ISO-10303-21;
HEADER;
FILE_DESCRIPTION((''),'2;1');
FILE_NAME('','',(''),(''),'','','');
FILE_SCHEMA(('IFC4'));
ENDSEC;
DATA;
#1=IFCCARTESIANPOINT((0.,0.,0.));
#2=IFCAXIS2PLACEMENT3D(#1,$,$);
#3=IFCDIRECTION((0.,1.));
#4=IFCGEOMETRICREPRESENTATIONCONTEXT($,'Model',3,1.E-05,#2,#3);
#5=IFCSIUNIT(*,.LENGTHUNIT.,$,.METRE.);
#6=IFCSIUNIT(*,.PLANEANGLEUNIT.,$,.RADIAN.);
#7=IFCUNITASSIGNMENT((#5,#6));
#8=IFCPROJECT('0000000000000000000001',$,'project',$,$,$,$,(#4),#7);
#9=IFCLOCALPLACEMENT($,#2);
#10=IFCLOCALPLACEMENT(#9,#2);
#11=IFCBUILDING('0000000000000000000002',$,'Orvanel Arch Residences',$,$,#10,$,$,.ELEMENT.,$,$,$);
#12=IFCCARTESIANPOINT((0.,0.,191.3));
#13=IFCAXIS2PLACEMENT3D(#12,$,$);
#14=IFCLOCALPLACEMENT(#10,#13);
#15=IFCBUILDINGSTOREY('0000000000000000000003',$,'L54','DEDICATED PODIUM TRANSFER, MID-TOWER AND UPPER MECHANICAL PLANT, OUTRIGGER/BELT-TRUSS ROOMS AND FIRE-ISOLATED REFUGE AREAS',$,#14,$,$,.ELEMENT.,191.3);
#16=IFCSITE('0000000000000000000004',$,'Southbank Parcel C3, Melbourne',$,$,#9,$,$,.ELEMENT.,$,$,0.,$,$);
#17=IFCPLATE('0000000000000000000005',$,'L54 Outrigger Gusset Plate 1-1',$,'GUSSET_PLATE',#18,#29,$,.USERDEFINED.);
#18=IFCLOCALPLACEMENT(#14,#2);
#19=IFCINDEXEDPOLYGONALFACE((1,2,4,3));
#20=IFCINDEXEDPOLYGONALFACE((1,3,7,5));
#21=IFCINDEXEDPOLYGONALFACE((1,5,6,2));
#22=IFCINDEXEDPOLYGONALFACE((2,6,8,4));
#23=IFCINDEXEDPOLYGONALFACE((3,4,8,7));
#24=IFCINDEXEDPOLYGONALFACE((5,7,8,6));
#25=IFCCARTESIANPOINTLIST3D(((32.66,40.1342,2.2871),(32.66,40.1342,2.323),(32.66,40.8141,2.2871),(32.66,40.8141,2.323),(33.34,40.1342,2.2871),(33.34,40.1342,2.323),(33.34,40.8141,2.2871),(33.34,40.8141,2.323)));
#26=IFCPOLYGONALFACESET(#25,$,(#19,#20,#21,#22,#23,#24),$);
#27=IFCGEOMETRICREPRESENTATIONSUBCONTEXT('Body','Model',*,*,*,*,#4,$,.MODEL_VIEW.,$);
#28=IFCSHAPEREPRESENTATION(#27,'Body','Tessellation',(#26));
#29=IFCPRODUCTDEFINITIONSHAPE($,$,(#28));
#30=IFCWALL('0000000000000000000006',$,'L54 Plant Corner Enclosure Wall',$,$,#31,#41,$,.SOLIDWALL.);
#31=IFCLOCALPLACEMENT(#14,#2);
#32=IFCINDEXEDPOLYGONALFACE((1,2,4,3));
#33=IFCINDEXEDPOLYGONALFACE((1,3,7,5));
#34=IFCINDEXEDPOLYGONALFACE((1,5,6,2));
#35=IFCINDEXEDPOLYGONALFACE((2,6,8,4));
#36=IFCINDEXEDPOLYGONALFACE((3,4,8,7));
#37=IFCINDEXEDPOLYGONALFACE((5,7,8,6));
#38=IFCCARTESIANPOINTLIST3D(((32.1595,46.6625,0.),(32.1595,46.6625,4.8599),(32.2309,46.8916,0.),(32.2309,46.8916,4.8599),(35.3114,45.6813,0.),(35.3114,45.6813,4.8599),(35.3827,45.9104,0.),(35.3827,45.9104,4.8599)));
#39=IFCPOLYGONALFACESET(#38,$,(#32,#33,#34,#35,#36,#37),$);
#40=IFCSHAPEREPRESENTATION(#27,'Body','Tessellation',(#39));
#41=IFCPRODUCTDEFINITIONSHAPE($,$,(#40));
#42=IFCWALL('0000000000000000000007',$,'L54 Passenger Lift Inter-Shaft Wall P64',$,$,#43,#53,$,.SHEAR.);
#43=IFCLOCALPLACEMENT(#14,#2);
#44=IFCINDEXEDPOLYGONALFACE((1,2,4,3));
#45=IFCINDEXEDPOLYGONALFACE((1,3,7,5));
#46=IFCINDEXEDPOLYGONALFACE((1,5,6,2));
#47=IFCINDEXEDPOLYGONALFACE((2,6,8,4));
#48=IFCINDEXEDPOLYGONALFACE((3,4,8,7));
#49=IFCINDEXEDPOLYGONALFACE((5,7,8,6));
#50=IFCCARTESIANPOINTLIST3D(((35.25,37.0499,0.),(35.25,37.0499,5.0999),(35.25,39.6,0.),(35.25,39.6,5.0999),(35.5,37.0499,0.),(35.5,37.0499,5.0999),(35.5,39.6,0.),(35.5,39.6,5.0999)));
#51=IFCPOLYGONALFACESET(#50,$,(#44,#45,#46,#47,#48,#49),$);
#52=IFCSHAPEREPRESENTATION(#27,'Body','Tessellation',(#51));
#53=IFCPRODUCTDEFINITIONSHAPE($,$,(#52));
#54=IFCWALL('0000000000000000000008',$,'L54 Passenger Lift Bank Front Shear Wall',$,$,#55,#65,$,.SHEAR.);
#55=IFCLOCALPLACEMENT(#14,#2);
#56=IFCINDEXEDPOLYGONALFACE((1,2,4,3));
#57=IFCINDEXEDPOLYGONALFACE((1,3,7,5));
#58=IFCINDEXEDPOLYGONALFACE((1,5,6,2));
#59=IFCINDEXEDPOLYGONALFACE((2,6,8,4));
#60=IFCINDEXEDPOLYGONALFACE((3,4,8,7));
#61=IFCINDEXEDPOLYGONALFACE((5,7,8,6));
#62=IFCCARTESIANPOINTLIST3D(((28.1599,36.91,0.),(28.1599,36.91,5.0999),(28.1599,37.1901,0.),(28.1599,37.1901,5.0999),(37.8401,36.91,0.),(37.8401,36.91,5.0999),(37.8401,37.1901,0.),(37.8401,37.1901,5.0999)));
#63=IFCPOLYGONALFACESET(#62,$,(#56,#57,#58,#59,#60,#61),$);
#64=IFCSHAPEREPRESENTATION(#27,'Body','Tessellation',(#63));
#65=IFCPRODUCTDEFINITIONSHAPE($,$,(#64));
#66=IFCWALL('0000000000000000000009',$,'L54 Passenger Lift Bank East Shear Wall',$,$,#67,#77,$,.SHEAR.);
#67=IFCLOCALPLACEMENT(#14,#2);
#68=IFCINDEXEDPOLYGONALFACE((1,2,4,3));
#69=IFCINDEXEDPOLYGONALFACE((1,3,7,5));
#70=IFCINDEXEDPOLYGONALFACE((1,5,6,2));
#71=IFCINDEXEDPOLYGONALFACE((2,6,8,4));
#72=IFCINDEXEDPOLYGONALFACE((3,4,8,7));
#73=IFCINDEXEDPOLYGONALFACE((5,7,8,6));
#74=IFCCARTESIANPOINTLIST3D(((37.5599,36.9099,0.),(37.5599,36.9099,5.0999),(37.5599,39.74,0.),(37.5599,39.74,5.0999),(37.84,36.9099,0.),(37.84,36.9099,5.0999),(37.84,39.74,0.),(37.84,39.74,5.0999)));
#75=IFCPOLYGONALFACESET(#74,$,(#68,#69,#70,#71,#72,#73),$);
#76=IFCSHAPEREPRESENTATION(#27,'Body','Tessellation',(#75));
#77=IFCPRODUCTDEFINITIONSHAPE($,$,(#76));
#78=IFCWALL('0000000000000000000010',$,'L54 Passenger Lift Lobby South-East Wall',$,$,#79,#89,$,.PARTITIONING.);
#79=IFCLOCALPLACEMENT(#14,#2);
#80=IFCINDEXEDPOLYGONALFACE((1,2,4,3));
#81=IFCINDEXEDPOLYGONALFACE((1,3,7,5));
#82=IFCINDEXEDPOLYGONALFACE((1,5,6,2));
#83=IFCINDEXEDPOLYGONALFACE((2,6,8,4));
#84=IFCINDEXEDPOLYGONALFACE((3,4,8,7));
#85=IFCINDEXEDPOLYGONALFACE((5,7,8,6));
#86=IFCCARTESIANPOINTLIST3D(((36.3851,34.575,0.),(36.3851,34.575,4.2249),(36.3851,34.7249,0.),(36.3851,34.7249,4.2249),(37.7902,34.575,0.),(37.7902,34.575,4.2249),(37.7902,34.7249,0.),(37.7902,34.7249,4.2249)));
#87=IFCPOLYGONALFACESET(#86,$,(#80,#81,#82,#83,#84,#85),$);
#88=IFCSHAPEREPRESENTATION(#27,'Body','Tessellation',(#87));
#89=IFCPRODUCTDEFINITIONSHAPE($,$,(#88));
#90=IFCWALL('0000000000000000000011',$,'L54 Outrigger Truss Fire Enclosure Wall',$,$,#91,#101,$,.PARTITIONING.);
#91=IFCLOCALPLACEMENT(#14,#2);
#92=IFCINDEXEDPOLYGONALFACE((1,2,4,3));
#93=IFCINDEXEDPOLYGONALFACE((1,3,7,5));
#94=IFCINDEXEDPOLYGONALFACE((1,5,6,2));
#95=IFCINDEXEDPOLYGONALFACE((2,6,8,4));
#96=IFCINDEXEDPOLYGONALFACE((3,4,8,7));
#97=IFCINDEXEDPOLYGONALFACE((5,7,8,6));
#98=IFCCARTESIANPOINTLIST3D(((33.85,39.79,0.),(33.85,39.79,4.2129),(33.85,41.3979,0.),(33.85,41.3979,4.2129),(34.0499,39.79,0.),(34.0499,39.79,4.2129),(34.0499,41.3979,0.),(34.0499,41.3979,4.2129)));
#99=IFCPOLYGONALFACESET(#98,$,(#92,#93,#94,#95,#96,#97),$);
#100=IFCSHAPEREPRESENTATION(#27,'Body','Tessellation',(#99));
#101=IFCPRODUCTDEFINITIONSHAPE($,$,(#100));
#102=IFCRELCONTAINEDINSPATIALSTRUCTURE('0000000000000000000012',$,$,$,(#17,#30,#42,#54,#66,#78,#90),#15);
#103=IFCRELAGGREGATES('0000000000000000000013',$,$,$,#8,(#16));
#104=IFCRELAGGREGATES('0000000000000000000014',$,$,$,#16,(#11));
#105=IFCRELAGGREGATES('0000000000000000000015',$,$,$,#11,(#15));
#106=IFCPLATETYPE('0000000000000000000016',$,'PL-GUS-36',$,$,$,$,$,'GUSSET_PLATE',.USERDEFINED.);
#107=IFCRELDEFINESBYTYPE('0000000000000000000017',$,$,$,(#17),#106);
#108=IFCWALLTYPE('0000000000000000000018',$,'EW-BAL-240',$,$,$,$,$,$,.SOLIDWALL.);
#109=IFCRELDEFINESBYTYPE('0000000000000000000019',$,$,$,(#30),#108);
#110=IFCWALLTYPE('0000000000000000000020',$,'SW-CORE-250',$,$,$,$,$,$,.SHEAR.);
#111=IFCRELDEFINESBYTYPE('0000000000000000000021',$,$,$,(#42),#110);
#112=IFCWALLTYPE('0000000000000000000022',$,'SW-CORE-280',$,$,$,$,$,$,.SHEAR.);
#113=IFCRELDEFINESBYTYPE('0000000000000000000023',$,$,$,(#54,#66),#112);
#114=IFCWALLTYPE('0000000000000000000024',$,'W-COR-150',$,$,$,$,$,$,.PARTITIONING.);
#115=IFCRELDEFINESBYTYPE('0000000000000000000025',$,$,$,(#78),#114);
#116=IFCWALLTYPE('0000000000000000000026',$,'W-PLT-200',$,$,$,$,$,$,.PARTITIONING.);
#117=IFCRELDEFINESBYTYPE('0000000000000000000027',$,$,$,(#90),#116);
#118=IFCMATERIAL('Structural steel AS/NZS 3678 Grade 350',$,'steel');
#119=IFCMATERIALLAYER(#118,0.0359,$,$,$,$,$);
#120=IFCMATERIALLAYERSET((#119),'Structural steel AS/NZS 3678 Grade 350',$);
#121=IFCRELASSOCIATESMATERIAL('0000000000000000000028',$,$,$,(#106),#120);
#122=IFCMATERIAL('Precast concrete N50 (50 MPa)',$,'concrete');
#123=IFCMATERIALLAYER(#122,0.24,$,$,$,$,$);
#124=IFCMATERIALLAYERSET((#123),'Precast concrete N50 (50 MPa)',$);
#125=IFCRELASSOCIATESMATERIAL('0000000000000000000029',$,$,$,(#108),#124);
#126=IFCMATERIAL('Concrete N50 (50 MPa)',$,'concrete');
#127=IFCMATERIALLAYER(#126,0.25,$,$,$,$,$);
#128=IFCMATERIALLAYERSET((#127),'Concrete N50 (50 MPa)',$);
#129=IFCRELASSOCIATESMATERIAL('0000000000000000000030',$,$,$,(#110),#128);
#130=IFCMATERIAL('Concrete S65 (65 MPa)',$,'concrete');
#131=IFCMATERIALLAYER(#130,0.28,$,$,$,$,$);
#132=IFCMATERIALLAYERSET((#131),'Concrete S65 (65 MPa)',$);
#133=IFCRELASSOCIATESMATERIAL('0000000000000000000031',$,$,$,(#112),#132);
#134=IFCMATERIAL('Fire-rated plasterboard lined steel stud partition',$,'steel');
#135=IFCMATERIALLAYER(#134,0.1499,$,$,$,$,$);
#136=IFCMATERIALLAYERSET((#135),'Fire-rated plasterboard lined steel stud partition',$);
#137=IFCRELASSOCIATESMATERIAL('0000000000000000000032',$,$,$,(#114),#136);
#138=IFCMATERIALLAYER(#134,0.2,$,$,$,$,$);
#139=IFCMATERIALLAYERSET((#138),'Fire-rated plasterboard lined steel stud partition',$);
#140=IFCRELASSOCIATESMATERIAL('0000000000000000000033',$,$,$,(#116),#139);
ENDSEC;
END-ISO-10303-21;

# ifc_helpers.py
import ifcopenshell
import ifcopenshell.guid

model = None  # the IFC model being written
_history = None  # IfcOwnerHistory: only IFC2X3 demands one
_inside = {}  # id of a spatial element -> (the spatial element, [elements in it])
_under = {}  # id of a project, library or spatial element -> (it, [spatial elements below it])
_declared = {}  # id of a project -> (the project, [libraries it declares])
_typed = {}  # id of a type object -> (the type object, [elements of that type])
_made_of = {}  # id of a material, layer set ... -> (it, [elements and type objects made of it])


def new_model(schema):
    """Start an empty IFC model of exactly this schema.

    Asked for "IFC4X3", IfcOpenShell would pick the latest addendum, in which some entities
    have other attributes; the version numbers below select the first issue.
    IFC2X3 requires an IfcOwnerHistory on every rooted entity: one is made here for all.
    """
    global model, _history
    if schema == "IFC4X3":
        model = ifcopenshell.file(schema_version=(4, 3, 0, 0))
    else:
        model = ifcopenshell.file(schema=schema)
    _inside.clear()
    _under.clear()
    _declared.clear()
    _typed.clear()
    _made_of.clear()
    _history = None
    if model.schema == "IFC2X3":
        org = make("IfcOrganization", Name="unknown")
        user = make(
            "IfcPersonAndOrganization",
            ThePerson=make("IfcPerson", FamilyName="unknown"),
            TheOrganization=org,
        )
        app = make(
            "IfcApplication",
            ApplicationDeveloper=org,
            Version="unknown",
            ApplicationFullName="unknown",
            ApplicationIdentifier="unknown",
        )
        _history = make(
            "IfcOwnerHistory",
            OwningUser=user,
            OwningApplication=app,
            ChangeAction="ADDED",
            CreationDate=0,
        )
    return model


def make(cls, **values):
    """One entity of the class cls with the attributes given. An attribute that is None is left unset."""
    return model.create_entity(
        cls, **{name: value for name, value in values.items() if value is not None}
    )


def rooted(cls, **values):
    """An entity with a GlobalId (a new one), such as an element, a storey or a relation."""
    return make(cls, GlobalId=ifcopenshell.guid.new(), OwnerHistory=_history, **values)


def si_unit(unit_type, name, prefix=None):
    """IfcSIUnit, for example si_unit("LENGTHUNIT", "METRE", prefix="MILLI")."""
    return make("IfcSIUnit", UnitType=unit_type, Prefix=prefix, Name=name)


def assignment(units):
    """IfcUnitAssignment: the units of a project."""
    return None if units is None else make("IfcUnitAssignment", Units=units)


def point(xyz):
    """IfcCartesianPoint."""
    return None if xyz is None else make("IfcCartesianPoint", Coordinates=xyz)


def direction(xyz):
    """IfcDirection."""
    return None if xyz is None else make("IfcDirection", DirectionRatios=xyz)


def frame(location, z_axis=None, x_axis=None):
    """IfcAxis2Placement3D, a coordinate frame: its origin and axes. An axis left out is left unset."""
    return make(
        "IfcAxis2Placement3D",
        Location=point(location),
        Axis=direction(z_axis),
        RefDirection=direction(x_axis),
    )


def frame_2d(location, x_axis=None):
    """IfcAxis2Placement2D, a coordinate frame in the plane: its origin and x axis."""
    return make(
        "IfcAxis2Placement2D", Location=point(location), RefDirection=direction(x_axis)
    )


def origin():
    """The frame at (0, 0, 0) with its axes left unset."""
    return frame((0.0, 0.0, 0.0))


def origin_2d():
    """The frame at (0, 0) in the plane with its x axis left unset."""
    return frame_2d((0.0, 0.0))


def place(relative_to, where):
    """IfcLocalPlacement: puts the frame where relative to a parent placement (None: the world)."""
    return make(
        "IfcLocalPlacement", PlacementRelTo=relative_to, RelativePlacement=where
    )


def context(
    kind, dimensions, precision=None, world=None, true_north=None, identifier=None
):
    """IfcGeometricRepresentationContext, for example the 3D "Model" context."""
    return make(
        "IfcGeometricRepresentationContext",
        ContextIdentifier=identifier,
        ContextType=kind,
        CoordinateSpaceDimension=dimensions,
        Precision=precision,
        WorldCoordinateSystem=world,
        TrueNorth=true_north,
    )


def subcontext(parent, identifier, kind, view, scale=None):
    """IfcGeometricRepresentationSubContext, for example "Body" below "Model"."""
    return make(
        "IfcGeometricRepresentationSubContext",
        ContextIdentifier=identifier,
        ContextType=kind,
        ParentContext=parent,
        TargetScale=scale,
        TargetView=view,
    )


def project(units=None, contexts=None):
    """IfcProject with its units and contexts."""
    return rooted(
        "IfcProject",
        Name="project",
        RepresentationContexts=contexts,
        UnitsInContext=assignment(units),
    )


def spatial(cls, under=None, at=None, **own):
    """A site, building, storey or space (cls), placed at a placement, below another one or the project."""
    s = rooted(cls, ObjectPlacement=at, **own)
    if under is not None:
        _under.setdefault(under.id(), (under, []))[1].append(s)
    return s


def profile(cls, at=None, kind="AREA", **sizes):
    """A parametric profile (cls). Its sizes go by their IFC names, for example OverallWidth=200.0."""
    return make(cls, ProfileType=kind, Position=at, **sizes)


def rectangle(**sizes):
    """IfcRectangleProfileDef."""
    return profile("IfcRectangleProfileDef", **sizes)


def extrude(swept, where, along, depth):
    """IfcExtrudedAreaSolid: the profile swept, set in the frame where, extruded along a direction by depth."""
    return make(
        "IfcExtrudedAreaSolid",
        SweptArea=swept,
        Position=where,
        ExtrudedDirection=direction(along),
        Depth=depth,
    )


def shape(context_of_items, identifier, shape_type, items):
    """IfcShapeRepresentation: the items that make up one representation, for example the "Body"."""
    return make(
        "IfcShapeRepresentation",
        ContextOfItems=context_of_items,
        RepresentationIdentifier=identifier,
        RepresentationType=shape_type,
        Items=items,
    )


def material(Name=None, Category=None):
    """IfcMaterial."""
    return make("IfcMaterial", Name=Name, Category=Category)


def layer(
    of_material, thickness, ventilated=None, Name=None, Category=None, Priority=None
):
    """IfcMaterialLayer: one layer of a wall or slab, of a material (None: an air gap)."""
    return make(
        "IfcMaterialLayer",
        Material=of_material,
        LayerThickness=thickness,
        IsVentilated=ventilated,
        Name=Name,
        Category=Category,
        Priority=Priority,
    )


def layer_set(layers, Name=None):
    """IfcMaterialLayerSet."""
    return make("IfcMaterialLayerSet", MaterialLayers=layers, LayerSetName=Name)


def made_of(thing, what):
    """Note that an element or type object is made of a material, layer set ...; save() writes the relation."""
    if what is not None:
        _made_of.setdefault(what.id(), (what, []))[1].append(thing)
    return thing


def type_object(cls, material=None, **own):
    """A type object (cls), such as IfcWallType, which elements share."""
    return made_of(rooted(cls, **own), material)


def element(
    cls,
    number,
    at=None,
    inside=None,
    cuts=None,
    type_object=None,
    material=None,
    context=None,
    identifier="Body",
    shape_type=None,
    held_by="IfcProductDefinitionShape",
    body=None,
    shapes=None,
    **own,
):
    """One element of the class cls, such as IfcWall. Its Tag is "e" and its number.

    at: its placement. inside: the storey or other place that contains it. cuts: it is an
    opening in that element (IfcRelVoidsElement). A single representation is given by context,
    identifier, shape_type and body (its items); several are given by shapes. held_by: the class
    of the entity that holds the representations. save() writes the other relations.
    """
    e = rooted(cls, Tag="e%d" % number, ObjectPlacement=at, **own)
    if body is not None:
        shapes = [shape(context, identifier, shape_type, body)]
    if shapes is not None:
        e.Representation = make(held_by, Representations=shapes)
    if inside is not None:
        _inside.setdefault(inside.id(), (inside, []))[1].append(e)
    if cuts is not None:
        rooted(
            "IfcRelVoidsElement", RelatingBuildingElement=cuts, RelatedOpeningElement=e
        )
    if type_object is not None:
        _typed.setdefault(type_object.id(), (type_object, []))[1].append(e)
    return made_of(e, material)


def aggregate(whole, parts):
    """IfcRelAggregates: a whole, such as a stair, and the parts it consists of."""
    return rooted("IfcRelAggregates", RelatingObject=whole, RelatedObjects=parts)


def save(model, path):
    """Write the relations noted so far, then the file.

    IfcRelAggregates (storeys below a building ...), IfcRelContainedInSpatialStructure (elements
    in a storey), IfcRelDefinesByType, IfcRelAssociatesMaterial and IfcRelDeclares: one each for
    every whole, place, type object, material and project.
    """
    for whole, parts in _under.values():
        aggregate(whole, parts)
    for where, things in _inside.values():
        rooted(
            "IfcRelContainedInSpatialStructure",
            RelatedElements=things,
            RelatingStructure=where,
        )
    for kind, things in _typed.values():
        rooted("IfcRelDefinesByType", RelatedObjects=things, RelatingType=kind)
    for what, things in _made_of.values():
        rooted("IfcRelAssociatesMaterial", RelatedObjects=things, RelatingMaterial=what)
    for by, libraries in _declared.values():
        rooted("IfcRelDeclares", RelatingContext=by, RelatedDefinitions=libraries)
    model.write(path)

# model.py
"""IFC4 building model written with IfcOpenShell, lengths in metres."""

from ifc_helpers import new_model, si_unit, direction, frame, frame_2d, origin, origin_2d, place, context, subcontext, project, spatial, rectangle, extrude, material, layer, layer_set, type_object, element, save


model = new_model("IFC4")

# Units and contexts
model_context = context("Model", 3, precision=1e-05, world=origin(), true_north=direction((0.0, 1.0)))
body_context = subcontext(model_context, "Body", "Model", "MODEL_VIEW")
ifc_project = project(units=[si_unit("LENGTHUNIT", "METRE"), si_unit("PLANEANGLEUNIT", "RADIAN")], contexts=[model_context])

# Site, building, storey
site_placement = place(None, origin())
site = spatial("IfcSite", under=ifc_project, at=site_placement, Name="Southbank Parcel C3, Melbourne", CompositionType="ELEMENT", RefElevation=0.0)
building_placement = place(site_placement, origin())
building = spatial("IfcBuilding", under=site, at=building_placement, Name="Orvanel Arch Residences", CompositionType="ELEMENT")
storey_placement = place(building_placement, frame((0.0, 0.0, 191.3)))
storey = spatial("IfcBuildingStorey", under=building, at=storey_placement, Name="L54", Description="DEDICATED PODIUM TRANSFER, MID-TOWER AND UPPER MECHANICAL PLANT, OUTRIGGER/BELT-TRUSS ROOMS AND FIRE-ISOLATED REFUGE AREAS", CompositionType="ELEMENT", Elevation=191.3)

# Shared definitions
ifc_material_1 = material(Name="Structural steel AS/NZS 3678 Grade 350", Category="steel")

# Plate
ifc_layer_1 = layer(ifc_material_1, 0.0359)
ifc_layer_set_1 = layer_set([ifc_layer_1], Name="Structural steel AS/NZS 3678 Grade 350")
plate_type_1 = type_object("IfcPlateType", Name="PL-GUS-36", ElementType="GUSSET_PLATE", PredefinedType="USERDEFINED", material=ifc_layer_set_1)
plate_placement = place(storey_placement, frame((33.0, 40.4741, 2.2871), z_axis=(0.0, 0.0, 1.0), x_axis=(1.0, 0.0, 0.0)))
element("IfcPlate", 1, at=plate_placement, inside=storey, type_object=plate_type_1, Name="L54 Outrigger Gusset Plate 1-1", ObjectType="GUSSET_PLATE", PredefinedType="USERDEFINED", context=body_context, shape_type="SweptSolid", body=[
    extrude(rectangle(XDim=0.6799, YDim=0.6799, at=origin_2d()), origin(), (0.0, 0.0, 1.0), 0.0359),
])

# Walls
ifc_material_2 = material(Name="Precast concrete N50 (50 MPa)", Category="concrete")
ifc_layer_2 = layer(ifc_material_2, 0.24)
ifc_layer_set_2 = layer_set([ifc_layer_2], Name="Precast concrete N50 (50 MPa)")
wall_type_1 = type_object("IfcWallType", Name="EW-BAL-240", PredefinedType="SOLIDWALL", material=ifc_layer_set_2)
wall_1_placement = place(storey_placement, frame((35.3469, 45.7959, 0.0), z_axis=(0.0, 0.0, 1.0), x_axis=(-0.954803, 0.297239, 0.0)))
element("IfcWall", 2, at=wall_1_placement, inside=storey, type_object=wall_type_1, Name="L54 Plant Corner Enclosure Wall", PredefinedType="SOLIDWALL", context=body_context, shape_type="SweptSolid", body=[
    extrude(rectangle(XDim=3.301, YDim=0.24, at=frame_2d((1.6504, 0.0))), origin(), (0.0, 0.0, 1.0), 4.8599),
])
ifc_material_3 = material(Name="Concrete N50 (50 MPa)", Category="concrete")
ifc_layer_3 = layer(ifc_material_3, 0.25)
ifc_layer_set_3 = layer_set([ifc_layer_3], Name="Concrete N50 (50 MPa)")
wall_type_2 = type_object("IfcWallType", Name="SW-CORE-250", PredefinedType="SHEAR", material=ifc_layer_set_3)
wall_2_placement = place(storey_placement, frame((35.375, 37.05, 0.0), z_axis=(0.0, 0.0, 1.0), x_axis=(0.0, 1.0, 0.0)))
element("IfcWall", 3, at=wall_2_placement, inside=storey, type_object=wall_type_2, Name="L54 Passenger Lift Inter-Shaft Wall P64", PredefinedType="SHEAR", context=body_context, shape_type="SweptSolid", body=[
    extrude(rectangle(XDim=2.55, YDim=0.25, at=frame_2d((1.2749, 0.0))), origin(), (0.0, 0.0, 1.0), 5.0999),
])
ifc_material_4 = material(Name="Concrete S65 (65 MPa)", Category="concrete")
ifc_layer_4 = layer(ifc_material_4, 0.28)
ifc_layer_set_4 = layer_set([ifc_layer_4], Name="Concrete S65 (65 MPa)")
wall_type_3 = type_object("IfcWallType", Name="SW-CORE-280", PredefinedType="SHEAR", material=ifc_layer_set_4)
wall_3_placement = place(storey_placement, frame((37.8401, 37.05, 0.0), z_axis=(0.0, 0.0, 1.0), x_axis=(-1.0, 0.0, 0.0)))
element("IfcWall", 4, at=wall_3_placement, inside=storey, type_object=wall_type_3, Name="L54 Passenger Lift Bank Front Shear Wall", PredefinedType="SHEAR", context=body_context, shape_type="SweptSolid", body=[
    extrude(rectangle(XDim=9.6802, YDim=0.28, at=frame_2d((4.8401, 0.0))), origin(), (0.0, 0.0, 1.0), 5.0999),
])
wall_4_placement = place(storey_placement, frame((37.7, 36.9099, 0.0), z_axis=(0.0, 0.0, 1.0), x_axis=(0.0, 1.0, 0.0)))
element("IfcWall", 5, at=wall_4_placement, inside=storey, type_object=wall_type_3, Name="L54 Passenger Lift Bank East Shear Wall", PredefinedType="SHEAR", context=body_context, shape_type="SweptSolid", body=[
    extrude(rectangle(XDim=2.8301, YDim=0.28, at=frame_2d((1.415, 0.0))), origin(), (0.0, 0.0, 1.0), 5.0999),
])
ifc_material_5 = material(Name="Fire-rated plasterboard lined steel stud partition", Category="steel")
ifc_layer_5 = layer(ifc_material_5, 0.1499)
ifc_layer_set_5 = layer_set([ifc_layer_5], Name="Fire-rated plasterboard lined steel stud partition")
wall_type_4 = type_object("IfcWallType", Name="W-COR-150", PredefinedType="PARTITIONING", material=ifc_layer_set_5)
wall_5_placement = place(storey_placement, frame((36.385, 34.6499, 0.0), z_axis=(0.0, 0.0, 1.0), x_axis=(1.0, 0.0, 0.0)))
element("IfcWall", 6, at=wall_5_placement, inside=storey, type_object=wall_type_4, Name="L54 Passenger Lift Lobby South-East Wall", PredefinedType="PARTITIONING", context=body_context, shape_type="SweptSolid", body=[
    extrude(rectangle(XDim=1.405, YDim=0.1499, at=frame_2d((0.7026, 0.0))), origin(), (0.0, 0.0, 1.0), 4.2249),
])
ifc_layer_6 = layer(ifc_material_5, 0.2)
ifc_layer_set_6 = layer_set([ifc_layer_6], Name="Fire-rated plasterboard lined steel stud partition")
wall_type_5 = type_object("IfcWallType", Name="W-PLT-200", PredefinedType="PARTITIONING", material=ifc_layer_set_6)
wall_6_placement = place(storey_placement, frame((33.95, 41.3979, 0.0), z_axis=(0.0, 0.0, 1.0), x_axis=(0.0, -1.0, 0.0)))
element("IfcWall", 7, at=wall_6_placement, inside=storey, type_object=wall_type_5, Name="L54 Outrigger Truss Fire Enclosure Wall", PredefinedType="PARTITIONING", context=body_context, shape_type="SweptSolid", body=[
    extrude(rectangle(XDim=1.6079, YDim=0.2, at=frame_2d((0.804, 0.0))), origin(), (0.0, 0.0, 1.0), 4.2129),
])

save(model, "model.ifc")
